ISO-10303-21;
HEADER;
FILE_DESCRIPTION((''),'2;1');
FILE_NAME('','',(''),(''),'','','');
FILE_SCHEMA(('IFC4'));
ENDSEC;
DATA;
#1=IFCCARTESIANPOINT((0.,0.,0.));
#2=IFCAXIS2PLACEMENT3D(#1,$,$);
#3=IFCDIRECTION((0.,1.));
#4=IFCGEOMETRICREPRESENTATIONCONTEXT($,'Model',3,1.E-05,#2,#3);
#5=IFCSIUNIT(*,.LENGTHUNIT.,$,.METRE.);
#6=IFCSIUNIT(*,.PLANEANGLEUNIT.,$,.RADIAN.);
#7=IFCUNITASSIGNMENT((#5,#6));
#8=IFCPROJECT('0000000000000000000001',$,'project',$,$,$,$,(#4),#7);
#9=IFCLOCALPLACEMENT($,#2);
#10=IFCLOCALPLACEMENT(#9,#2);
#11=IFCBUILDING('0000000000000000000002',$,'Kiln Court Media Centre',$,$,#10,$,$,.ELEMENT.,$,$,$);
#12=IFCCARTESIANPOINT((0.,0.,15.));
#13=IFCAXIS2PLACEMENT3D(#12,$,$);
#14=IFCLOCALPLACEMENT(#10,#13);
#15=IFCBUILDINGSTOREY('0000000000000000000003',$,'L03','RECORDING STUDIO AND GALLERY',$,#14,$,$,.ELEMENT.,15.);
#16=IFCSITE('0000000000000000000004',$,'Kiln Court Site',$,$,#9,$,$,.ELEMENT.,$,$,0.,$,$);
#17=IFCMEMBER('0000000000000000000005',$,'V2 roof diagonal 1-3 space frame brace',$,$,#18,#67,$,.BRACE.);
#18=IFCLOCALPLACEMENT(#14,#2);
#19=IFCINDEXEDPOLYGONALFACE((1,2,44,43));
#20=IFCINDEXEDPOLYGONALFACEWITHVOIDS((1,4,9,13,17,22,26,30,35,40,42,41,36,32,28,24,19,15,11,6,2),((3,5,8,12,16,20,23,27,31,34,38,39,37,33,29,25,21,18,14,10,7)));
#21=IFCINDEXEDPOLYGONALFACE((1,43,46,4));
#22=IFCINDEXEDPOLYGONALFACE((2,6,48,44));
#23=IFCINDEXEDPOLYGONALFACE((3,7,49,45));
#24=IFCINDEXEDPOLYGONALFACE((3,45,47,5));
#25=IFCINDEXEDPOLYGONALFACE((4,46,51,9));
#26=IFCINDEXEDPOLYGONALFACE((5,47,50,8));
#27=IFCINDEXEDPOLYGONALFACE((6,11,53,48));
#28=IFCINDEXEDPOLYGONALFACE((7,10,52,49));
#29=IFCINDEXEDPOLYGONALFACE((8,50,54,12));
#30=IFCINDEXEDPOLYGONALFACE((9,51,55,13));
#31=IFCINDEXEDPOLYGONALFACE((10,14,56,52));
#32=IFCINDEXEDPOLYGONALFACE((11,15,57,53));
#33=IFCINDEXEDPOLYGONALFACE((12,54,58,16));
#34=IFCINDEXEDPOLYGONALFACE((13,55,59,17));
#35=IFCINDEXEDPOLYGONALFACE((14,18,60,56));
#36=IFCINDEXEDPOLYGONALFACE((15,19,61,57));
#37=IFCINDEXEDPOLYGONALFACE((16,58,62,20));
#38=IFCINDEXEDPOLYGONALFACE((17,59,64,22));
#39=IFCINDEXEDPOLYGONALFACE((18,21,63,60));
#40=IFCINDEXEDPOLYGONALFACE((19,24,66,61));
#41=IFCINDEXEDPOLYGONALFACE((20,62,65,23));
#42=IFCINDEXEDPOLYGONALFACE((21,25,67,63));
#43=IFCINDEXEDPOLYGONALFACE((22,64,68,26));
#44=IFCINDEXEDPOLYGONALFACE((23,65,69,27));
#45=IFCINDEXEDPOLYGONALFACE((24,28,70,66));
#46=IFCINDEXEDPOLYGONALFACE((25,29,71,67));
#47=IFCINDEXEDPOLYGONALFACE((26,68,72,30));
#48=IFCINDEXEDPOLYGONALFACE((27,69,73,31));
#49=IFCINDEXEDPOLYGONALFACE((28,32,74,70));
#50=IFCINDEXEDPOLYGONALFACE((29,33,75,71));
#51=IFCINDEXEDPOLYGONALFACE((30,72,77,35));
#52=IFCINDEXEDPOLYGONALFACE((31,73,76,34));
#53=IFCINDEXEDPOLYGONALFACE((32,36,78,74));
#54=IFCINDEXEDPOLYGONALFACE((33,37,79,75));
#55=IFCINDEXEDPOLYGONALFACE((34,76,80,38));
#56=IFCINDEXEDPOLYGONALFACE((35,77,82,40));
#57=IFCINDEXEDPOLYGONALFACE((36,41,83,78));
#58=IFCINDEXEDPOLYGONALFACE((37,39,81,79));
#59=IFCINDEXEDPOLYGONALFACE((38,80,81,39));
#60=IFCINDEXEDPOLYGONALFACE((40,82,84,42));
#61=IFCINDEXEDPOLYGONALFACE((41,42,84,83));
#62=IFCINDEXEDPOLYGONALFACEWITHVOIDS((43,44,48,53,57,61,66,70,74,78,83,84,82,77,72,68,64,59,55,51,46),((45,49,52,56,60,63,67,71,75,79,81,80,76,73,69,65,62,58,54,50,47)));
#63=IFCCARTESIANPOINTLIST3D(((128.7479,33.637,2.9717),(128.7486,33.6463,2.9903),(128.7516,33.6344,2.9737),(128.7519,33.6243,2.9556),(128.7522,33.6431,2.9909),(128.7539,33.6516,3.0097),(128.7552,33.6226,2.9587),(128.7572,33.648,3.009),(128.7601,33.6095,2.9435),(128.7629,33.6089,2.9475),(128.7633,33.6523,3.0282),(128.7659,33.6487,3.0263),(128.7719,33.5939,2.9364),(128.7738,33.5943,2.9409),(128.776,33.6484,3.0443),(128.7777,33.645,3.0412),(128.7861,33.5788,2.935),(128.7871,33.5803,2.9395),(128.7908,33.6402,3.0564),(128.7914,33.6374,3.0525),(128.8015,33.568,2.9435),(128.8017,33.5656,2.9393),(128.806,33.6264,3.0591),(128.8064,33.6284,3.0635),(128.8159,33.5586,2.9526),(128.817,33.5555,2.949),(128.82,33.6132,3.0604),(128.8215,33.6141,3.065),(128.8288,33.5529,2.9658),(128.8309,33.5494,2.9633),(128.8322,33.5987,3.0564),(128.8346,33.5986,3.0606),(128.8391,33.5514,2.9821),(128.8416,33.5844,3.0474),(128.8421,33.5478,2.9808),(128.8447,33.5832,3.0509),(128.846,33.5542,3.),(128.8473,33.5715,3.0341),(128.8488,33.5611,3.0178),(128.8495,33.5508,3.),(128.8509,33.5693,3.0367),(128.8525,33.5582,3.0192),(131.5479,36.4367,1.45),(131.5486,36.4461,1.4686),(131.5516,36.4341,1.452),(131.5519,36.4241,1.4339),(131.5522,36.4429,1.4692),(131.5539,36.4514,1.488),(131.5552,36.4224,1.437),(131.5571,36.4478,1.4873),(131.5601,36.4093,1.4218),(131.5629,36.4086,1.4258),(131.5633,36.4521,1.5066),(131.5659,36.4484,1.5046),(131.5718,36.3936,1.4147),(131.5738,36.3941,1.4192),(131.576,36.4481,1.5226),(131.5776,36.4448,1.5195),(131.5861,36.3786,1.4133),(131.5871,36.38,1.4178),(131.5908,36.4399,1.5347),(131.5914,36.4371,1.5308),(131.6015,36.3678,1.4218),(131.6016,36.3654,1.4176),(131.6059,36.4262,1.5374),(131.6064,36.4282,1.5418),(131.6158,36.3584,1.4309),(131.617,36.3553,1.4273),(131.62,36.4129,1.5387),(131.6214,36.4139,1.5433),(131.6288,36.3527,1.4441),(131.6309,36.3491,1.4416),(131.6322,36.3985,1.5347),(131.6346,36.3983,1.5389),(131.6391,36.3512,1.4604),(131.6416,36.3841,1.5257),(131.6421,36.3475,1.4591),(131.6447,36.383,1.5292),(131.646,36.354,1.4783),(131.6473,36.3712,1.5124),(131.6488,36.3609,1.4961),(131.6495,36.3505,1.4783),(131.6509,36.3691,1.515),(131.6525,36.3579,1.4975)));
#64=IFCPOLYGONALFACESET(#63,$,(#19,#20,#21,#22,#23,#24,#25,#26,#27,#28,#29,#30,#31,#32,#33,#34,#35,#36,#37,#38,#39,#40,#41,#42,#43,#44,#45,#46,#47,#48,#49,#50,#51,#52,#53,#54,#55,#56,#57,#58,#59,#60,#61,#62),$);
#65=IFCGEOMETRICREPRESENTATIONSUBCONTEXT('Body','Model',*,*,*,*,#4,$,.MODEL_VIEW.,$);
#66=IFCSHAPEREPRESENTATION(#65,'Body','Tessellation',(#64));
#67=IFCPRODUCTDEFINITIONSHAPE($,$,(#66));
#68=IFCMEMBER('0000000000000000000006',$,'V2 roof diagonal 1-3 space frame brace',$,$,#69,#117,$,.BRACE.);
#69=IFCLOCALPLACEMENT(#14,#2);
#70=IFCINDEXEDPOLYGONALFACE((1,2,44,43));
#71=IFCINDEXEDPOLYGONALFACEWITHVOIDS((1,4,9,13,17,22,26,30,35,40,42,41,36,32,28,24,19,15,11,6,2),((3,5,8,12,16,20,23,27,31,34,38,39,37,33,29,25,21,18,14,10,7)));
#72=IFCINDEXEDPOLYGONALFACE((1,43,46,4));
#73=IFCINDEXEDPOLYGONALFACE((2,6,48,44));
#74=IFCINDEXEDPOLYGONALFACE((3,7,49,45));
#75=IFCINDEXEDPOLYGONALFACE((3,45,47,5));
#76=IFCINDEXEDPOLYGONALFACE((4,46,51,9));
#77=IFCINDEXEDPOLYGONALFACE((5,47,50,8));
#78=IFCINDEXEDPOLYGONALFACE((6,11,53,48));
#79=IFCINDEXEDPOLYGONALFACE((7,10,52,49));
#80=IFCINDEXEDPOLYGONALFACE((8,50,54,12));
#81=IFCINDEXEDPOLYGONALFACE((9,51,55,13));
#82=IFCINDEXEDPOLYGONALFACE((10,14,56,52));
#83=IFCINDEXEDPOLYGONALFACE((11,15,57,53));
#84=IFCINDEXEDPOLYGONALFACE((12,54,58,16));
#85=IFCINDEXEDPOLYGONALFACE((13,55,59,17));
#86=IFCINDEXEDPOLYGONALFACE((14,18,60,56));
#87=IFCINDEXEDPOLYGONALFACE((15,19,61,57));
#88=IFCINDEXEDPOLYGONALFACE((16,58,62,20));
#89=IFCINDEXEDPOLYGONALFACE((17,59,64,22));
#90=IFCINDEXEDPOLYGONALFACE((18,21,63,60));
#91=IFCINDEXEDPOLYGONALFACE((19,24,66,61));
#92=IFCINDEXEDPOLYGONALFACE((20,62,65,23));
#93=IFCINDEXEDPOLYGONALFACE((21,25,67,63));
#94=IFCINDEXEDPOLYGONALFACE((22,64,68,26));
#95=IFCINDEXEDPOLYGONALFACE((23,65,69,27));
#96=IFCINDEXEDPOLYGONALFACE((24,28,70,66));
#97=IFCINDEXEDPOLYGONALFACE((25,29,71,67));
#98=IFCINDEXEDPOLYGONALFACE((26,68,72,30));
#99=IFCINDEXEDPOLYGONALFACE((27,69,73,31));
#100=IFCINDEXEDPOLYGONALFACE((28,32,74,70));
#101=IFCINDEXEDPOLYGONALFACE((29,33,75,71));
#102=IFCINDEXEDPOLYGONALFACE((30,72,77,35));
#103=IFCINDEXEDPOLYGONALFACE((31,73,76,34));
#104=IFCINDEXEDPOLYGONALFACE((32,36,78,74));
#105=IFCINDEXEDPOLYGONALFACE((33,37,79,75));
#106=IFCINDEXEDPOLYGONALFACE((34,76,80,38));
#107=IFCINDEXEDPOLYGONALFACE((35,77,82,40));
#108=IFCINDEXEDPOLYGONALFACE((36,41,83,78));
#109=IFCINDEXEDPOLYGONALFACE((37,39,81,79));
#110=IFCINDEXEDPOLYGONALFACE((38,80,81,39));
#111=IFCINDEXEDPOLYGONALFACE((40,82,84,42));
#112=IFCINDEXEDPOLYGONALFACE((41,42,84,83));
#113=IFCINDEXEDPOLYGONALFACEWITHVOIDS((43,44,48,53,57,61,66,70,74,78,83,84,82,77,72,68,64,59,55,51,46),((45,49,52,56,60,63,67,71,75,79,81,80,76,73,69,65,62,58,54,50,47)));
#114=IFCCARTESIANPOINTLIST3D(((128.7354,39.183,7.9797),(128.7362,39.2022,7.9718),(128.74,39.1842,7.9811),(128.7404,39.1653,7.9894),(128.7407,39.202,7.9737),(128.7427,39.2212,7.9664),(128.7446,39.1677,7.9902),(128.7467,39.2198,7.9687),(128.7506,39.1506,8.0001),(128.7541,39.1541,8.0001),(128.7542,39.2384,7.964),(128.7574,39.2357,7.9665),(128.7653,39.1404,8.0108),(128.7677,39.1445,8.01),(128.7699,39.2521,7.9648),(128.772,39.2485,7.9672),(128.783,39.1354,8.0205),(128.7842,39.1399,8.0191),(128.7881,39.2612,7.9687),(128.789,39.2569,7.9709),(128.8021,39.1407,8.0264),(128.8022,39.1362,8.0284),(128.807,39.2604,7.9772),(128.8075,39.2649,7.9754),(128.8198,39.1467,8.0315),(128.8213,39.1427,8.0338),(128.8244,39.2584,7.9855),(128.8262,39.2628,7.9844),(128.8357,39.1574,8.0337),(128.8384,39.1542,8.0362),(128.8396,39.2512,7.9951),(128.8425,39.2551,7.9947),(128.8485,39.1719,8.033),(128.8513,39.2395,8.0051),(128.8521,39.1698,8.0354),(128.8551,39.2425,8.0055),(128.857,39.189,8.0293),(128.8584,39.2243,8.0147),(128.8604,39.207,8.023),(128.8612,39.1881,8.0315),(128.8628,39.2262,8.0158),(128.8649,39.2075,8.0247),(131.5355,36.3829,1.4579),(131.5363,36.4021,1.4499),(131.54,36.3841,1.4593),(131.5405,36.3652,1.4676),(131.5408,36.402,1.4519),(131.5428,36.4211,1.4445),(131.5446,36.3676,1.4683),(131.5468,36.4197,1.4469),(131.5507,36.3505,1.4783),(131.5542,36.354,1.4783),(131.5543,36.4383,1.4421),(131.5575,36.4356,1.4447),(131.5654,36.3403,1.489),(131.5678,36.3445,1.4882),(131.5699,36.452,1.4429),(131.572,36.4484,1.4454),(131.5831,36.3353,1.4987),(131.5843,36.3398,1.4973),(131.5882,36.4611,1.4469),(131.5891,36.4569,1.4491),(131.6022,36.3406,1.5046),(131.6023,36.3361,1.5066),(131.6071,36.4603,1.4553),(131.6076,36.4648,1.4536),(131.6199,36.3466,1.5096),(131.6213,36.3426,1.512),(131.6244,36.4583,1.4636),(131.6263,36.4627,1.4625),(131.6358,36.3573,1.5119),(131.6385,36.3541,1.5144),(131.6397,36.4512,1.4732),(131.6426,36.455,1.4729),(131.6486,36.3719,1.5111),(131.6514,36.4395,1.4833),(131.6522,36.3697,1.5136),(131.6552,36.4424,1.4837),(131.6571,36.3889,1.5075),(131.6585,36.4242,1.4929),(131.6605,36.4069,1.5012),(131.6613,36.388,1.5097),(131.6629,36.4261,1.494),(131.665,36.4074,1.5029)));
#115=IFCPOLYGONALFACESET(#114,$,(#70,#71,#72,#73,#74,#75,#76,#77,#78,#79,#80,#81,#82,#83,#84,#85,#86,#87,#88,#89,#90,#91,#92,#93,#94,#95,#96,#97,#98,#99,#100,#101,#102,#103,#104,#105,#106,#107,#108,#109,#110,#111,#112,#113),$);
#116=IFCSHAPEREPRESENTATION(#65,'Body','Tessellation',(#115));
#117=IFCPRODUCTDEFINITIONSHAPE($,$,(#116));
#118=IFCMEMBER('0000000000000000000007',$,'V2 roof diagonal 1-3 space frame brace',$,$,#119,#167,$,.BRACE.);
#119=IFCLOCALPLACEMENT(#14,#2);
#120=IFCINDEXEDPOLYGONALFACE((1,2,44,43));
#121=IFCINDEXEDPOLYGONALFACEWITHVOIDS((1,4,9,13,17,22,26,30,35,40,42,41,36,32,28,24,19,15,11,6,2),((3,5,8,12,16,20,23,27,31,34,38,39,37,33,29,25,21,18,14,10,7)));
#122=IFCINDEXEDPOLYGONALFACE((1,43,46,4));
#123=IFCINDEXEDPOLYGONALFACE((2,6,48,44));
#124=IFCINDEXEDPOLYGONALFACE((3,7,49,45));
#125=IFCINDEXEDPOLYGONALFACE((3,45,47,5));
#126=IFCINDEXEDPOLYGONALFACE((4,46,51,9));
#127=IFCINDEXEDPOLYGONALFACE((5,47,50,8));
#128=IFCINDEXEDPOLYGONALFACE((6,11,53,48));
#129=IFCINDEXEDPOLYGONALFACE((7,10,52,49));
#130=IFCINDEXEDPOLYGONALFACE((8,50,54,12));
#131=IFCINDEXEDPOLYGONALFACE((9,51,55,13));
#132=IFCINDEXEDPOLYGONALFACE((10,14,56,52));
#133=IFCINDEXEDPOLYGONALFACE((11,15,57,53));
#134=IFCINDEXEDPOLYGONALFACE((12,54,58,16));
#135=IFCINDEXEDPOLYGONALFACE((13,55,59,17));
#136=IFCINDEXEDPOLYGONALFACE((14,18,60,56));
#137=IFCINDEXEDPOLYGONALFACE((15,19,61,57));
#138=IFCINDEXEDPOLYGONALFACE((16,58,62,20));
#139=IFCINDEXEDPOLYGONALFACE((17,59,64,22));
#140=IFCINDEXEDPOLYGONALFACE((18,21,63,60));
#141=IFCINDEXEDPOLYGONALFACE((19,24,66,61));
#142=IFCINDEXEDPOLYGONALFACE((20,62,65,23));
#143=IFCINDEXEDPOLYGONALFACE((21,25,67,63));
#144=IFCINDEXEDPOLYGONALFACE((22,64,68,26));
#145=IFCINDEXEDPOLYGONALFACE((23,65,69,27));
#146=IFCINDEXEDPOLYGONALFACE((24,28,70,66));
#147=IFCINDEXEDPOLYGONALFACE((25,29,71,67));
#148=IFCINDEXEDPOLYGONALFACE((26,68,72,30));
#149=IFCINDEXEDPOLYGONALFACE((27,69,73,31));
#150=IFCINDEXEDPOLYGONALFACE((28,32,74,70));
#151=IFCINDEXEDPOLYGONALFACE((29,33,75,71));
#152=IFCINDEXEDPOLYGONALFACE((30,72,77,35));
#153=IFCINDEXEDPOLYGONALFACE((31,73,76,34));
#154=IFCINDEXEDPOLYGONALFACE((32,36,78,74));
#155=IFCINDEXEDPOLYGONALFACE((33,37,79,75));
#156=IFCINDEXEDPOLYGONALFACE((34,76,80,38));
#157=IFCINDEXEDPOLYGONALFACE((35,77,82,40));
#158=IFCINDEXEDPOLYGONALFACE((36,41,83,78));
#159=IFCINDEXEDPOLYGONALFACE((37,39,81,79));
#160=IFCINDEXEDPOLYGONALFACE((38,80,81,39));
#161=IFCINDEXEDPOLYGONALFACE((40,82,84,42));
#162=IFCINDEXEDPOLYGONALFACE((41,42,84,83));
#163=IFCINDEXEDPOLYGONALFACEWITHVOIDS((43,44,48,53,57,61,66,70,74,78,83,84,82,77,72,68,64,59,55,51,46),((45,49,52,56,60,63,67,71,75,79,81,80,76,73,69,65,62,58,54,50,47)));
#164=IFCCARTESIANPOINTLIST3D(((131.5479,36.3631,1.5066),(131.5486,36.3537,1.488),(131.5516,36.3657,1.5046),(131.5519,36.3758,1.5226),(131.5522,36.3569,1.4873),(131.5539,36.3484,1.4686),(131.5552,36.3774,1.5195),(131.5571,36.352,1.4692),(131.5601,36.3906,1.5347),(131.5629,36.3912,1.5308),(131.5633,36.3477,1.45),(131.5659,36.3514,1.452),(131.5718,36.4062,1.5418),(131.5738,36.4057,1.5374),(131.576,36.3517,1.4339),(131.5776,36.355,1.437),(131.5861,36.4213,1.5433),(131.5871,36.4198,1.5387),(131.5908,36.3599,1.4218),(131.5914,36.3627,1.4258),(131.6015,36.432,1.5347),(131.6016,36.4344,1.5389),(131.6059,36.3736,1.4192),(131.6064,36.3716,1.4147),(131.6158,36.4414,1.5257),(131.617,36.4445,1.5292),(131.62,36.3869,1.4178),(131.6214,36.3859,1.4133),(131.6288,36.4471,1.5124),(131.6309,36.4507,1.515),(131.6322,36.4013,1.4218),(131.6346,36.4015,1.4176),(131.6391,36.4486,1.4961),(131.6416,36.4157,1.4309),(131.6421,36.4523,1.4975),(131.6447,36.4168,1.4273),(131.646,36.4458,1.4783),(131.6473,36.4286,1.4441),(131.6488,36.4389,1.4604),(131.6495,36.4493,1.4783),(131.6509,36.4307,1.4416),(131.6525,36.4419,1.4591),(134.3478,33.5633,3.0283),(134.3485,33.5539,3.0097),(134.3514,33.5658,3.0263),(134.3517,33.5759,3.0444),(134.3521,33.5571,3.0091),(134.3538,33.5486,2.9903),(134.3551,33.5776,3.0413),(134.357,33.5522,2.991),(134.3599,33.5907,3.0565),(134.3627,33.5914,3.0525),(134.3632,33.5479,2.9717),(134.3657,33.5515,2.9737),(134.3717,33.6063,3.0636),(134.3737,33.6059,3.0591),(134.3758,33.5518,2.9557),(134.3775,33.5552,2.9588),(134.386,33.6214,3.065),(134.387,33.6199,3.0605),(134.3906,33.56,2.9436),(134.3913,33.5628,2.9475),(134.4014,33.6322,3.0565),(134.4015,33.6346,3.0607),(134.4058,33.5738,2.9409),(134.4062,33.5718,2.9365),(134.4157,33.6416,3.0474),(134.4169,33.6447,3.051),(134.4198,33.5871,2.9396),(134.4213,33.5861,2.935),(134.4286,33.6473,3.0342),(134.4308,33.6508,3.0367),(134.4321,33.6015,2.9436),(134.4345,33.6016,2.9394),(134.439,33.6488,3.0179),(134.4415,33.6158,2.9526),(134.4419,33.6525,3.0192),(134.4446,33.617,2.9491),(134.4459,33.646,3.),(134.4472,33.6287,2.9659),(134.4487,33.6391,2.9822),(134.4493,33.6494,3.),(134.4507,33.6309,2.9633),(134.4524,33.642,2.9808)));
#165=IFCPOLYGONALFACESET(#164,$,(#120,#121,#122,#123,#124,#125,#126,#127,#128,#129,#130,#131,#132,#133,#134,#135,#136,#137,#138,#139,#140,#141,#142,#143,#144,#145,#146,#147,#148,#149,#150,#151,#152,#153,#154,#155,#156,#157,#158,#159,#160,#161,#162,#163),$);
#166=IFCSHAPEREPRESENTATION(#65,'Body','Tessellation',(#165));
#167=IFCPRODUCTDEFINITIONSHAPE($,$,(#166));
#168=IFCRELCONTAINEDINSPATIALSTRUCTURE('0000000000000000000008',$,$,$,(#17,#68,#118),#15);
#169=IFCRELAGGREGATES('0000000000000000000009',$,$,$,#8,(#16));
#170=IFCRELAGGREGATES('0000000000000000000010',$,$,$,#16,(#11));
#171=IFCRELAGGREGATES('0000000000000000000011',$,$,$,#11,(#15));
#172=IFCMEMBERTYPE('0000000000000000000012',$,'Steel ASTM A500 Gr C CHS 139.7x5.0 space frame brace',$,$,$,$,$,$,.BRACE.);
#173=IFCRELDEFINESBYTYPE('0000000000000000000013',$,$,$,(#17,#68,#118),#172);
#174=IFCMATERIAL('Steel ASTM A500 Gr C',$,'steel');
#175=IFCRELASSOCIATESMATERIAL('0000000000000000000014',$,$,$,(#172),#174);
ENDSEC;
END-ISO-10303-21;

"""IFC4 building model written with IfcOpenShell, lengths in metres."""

from ifc_helpers import new_model, si_unit, direction, frame, origin, origin_2d, place, context, subcontext, project, spatial, hollow_circle, extrude, material, material_profile, profile_set, type_object, element, save


model = new_model("IFC4")

# Units and contexts
model_context = context("Model", 3, precision=1e-05, world=origin(), true_north=direction((0.0, 1.0)))
body_context = subcontext(model_context, "Body", "Model", "MODEL_VIEW")
ifc_project = project(units=[si_unit("LENGTHUNIT", "METRE"), si_unit("PLANEANGLEUNIT", "RADIAN")], contexts=[model_context])

# Site, building, storey
site_placement = place(None, origin())
site = spatial("IfcSite", under=ifc_project, at=site_placement, Name="Kiln Court Site", CompositionType="ELEMENT", RefElevation=0.0)
building_placement = place(site_placement, origin())
building = spatial("IfcBuilding", under=site, at=building_placement, Name="Kiln Court Media Centre", CompositionType="ELEMENT")
storey_placement = place(building_placement, frame((0.0, 0.0, 15.0)))
storey = spatial("IfcBuildingStorey", under=building, at=storey_placement, Name="L03", Description="RECORDING STUDIO AND GALLERY", CompositionType="ELEMENT", Elevation=15.0)

# Members
ifc_material_1 = material(Name="Steel ASTM A500 Gr C", Category="steel")
ifc_material_profile_1 = material_profile(ifc_material_1, hollow_circle(Radius=0.0698, WallThickness=0.0049, at=origin_2d()), Name="CHS 139.7x5.0")
ifc_profile_set_1 = profile_set([ifc_material_profile_1], Name="Steel ASTM A500 Gr C")
member_type_1 = type_object("IfcMemberType", Name="Steel ASTM A500 Gr C CHS 139.7x5.0 space frame brace", PredefinedType="BRACE", material=ifc_profile_set_1)
member_1_placement = place(storey_placement, frame((131.6001, 36.3999, 1.4783), z_axis=(-0.660073, -0.660015, 0.358726), x_axis=(0.707076, -0.707138, 0.0)))
element("IfcMember", 1, at=member_1_placement, inside=storey, type_object=member_type_1, Name="V2 roof diagonal 1-3 space frame brace", PredefinedType="BRACE", context=body_context, shape_type="SweptSolid", body=[
    extrude(hollow_circle(Radius=0.0698, WallThickness=0.0049, at=origin_2d()), origin(), (0.0, 0.0, 1.0), 4.2419),
])
member_2_placement = place(storey_placement, frame((131.6001, 36.3999, 1.4783), z_axis=(-0.36699, 0.36699, 0.854773), x_axis=(-0.707107, -0.707107, 0.0)))
element("IfcMember", 2, at=member_2_placement, inside=storey, type_object=member_type_1, Name="V2 roof diagonal 1-3 space frame brace", PredefinedType="BRACE", context=body_context, shape_type="SweptSolid", body=[
    extrude(hollow_circle(Radius=0.0698, WallThickness=0.0049, at=origin_2d()), origin(), (0.0, 0.0, 1.0), 7.6299),
])
member_3_placement = place(storey_placement, frame((131.6001, 36.3999, 1.4783), z_axis=(0.66004, -0.66004, 0.35874), x_axis=(0.707107, 0.707107, 0.0)))
element("IfcMember", 3, at=member_3_placement, inside=storey, type_object=member_type_1, Name="V2 roof diagonal 1-3 space frame brace", PredefinedType="BRACE", context=body_context, shape_type="SweptSolid", body=[
    extrude(hollow_circle(Radius=0.0698, WallThickness=0.0049, at=origin_2d()), origin(), (0.0, 0.0, 1.0), 4.2419),
])

save(model, "model.ifc")
